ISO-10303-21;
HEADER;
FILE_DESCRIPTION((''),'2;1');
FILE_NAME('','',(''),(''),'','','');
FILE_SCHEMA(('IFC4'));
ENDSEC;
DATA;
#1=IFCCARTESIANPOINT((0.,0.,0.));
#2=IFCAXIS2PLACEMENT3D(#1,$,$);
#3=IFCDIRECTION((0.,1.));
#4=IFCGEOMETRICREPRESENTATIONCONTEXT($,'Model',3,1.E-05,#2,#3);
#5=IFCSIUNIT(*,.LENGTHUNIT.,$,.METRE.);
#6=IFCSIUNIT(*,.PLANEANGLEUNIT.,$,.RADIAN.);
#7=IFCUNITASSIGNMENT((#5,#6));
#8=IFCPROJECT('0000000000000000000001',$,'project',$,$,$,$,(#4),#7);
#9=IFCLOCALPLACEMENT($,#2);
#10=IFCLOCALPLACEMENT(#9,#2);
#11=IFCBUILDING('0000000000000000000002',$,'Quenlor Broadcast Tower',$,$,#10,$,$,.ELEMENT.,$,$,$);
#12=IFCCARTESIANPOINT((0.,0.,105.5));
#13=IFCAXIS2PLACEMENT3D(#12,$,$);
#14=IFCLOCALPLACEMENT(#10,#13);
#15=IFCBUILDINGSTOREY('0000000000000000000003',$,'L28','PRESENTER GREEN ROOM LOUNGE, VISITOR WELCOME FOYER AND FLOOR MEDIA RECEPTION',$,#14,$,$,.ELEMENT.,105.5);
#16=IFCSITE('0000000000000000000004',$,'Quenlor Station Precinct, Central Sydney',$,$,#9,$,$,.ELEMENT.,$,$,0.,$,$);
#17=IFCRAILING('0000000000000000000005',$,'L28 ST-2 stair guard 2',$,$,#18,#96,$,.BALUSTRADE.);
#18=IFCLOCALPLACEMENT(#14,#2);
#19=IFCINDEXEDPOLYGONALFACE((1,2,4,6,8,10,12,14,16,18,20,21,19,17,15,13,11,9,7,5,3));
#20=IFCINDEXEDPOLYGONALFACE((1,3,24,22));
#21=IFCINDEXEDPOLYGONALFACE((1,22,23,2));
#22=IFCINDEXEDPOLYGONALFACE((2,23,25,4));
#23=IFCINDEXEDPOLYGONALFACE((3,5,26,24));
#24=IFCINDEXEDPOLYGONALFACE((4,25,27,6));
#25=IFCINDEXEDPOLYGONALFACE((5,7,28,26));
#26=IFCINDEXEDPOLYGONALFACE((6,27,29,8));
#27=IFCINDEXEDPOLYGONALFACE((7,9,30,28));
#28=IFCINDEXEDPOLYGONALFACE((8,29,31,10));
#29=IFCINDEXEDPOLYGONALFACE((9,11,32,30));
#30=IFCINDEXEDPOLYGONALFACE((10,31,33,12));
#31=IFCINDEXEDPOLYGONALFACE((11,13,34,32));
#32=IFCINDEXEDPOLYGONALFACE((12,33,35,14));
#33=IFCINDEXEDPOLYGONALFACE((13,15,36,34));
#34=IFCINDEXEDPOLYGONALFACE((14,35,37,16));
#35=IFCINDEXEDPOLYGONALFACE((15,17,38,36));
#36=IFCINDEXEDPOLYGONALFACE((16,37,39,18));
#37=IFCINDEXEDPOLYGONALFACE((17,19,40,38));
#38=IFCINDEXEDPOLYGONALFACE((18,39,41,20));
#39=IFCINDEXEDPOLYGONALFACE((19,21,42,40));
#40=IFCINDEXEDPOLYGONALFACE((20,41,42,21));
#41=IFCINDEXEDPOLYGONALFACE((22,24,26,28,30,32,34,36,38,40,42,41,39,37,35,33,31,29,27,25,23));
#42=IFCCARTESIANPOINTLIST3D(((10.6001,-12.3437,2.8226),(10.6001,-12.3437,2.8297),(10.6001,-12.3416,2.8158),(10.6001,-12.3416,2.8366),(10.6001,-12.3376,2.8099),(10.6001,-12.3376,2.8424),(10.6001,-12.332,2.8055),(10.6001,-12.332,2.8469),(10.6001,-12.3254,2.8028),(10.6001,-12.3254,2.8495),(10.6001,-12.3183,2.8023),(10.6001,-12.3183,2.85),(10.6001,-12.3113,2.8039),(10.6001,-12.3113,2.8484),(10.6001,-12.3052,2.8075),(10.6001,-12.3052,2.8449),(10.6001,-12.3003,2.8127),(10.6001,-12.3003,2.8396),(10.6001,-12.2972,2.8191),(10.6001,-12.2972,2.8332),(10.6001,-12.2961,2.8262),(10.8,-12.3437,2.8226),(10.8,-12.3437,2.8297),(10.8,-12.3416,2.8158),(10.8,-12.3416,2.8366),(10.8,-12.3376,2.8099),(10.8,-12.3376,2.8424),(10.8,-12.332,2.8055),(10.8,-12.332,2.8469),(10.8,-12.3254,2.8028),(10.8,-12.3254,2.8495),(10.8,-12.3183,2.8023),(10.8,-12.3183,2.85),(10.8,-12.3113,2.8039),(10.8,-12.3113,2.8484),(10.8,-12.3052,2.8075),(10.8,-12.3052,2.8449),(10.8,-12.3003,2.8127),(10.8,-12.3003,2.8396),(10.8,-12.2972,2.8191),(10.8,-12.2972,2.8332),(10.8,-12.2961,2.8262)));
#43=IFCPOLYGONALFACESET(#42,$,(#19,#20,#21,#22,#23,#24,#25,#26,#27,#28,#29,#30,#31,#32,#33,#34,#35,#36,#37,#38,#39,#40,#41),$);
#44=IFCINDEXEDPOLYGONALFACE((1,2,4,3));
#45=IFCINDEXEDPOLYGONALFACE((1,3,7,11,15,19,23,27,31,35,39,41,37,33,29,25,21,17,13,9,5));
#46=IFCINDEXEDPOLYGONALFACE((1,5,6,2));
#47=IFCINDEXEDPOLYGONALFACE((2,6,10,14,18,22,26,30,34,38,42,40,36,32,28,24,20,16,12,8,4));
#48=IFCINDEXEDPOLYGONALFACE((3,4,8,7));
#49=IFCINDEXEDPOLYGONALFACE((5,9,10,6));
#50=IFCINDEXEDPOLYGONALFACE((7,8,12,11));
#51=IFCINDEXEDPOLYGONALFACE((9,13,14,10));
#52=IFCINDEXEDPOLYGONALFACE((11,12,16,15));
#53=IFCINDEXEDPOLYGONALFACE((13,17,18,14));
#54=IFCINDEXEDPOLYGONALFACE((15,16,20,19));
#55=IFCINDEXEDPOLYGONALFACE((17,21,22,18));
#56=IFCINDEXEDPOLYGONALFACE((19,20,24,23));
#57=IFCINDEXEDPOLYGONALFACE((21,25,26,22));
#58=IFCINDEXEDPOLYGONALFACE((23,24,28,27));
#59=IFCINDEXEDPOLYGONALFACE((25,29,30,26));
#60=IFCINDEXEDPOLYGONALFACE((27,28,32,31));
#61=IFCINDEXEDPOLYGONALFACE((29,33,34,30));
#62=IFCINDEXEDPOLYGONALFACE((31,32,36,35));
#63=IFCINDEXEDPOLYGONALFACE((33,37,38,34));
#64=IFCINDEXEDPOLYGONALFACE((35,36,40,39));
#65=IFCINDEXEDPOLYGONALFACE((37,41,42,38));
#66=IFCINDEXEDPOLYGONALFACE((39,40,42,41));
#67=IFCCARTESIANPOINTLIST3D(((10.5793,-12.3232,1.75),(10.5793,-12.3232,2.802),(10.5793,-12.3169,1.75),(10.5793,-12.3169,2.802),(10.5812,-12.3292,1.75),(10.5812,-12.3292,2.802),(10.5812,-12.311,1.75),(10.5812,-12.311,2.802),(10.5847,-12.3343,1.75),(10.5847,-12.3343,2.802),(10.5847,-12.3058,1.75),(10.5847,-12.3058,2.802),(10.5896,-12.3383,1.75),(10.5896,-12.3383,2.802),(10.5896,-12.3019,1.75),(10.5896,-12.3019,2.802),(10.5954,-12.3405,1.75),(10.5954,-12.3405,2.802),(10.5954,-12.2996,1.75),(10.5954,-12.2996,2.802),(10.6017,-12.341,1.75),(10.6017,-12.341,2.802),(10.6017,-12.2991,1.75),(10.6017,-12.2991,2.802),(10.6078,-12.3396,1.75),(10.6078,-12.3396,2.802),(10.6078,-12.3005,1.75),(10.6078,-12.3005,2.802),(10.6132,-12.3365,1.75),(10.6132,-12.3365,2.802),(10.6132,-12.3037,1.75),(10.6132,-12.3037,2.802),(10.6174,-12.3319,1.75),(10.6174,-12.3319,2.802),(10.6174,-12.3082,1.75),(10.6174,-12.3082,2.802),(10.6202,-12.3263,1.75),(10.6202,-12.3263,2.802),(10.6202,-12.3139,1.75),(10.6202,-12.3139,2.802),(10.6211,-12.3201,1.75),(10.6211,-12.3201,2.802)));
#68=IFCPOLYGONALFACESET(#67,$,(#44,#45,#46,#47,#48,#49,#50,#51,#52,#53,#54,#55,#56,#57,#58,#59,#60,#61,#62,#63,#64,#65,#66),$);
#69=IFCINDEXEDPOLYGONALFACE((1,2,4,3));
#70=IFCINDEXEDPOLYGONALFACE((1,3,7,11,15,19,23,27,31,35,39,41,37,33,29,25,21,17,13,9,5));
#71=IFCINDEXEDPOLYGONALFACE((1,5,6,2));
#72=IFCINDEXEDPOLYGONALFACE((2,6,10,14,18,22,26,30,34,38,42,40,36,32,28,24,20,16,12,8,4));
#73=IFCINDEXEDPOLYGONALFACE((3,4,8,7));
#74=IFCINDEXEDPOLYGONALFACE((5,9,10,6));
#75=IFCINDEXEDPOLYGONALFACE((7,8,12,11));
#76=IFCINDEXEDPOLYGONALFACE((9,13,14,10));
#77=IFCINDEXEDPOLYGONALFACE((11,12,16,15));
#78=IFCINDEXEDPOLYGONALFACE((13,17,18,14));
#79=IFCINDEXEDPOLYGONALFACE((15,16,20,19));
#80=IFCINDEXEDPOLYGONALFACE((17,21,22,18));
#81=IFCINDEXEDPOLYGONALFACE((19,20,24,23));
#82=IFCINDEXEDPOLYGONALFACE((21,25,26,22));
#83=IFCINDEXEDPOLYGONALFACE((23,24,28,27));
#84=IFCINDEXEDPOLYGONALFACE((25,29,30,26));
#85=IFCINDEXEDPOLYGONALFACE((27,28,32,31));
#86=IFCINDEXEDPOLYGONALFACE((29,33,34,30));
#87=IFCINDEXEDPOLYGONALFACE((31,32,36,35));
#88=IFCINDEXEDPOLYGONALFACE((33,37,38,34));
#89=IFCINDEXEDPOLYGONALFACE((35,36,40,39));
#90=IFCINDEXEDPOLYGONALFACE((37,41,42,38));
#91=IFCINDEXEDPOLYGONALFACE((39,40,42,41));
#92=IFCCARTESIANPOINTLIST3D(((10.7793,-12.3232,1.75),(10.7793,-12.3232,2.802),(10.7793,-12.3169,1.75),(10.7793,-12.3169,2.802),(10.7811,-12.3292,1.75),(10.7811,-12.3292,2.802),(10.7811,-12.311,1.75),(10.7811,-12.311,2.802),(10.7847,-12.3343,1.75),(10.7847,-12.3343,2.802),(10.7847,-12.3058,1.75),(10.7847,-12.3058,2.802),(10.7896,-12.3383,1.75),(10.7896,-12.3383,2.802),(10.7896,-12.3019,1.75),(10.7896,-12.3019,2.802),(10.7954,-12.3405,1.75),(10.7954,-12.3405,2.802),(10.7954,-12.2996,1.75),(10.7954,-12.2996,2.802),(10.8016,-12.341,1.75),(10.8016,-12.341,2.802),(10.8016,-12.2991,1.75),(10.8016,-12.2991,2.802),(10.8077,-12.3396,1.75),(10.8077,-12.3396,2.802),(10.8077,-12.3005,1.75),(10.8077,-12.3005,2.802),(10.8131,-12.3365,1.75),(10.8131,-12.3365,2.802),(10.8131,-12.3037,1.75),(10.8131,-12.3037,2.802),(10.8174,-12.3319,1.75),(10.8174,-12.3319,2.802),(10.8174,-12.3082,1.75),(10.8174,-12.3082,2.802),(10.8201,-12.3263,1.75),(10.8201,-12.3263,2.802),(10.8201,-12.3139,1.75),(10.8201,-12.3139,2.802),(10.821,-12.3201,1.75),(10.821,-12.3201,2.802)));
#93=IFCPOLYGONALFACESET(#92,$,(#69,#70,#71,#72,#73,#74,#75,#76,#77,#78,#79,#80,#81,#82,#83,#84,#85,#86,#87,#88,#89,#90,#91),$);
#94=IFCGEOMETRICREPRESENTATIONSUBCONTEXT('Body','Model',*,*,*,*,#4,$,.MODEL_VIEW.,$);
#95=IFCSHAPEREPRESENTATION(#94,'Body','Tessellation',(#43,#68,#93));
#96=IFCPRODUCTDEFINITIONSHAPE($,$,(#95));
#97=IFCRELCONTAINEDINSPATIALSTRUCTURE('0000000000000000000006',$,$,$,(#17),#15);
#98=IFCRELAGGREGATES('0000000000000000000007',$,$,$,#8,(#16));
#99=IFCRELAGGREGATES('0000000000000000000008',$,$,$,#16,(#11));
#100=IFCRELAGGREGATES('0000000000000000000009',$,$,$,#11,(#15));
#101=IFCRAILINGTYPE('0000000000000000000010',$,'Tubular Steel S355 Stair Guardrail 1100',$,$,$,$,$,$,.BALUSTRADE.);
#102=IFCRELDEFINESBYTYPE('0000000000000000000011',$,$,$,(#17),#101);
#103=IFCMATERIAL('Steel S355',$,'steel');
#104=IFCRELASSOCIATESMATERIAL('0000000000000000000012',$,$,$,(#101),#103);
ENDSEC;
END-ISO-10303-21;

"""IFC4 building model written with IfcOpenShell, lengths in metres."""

from ifc_helpers import new_model, si_unit, direction, frame, origin, origin_2d, place, context, subcontext, project, spatial, circle, extrude, material, type_object, element, save


model = new_model("IFC4")

# Units and contexts
model_context = context("Model", 3, precision=1e-05, world=origin(), true_north=direction((0.0, 1.0)))
body_context = subcontext(model_context, "Body", "Model", "MODEL_VIEW")
ifc_project = project(units=[si_unit("LENGTHUNIT", "METRE"), si_unit("PLANEANGLEUNIT", "RADIAN")], contexts=[model_context])

# Site, building, storey
site_placement = place(None, origin())
site = spatial("IfcSite", under=ifc_project, at=site_placement, Name="Quenlor Station Precinct, Central Sydney", CompositionType="ELEMENT", RefElevation=0.0)
building_placement = place(site_placement, origin())
building = spatial("IfcBuilding", under=site, at=building_placement, Name="Quenlor Broadcast Tower", CompositionType="ELEMENT")
storey_placement = place(building_placement, frame((0.0, 0.0, 105.5)))
storey = spatial("IfcBuildingStorey", under=building, at=storey_placement, Name="L28", Description="PRESENTER GREEN ROOM LOUNGE, VISITOR WELCOME FOYER AND FLOOR MEDIA RECEPTION", CompositionType="ELEMENT", Elevation=105.5)

# Railing
ifc_material_1 = material(Name="Steel S355", Category="steel")
railing_type_1 = type_object("IfcRailingType", Name="Tubular Steel S355 Stair Guardrail 1100", PredefinedType="BALUSTRADE", material=ifc_material_1)
railing_1_placement = place(storey_placement, frame((10.6001, -12.3201, 1.75)))
element("IfcRailing", 1, at=railing_1_placement, inside=storey, type_object=railing_type_1, Name="L28 ST-2 stair guard 2", PredefinedType="BALUSTRADE", context=body_context, shape_type="SweptSolid", body=[
    extrude(circle(Radius=0.0239, at=origin_2d()), frame((0.0, 0.0, 1.0762), z_axis=(1.0, 0.0, 0.0), x_axis=(0.0, 1.0, 0.0)), (0.0, 0.0, 1.0), 0.2),
    extrude(circle(Radius=0.021, at=origin_2d()), origin(), (0.0, 0.0, 1.0), 1.052),
    extrude(circle(Radius=0.021, at=origin_2d()), frame((0.2, 0.0, 0.0)), (0.0, 0.0, 1.0), 1.052),
])

save(model, "model.ifc")
